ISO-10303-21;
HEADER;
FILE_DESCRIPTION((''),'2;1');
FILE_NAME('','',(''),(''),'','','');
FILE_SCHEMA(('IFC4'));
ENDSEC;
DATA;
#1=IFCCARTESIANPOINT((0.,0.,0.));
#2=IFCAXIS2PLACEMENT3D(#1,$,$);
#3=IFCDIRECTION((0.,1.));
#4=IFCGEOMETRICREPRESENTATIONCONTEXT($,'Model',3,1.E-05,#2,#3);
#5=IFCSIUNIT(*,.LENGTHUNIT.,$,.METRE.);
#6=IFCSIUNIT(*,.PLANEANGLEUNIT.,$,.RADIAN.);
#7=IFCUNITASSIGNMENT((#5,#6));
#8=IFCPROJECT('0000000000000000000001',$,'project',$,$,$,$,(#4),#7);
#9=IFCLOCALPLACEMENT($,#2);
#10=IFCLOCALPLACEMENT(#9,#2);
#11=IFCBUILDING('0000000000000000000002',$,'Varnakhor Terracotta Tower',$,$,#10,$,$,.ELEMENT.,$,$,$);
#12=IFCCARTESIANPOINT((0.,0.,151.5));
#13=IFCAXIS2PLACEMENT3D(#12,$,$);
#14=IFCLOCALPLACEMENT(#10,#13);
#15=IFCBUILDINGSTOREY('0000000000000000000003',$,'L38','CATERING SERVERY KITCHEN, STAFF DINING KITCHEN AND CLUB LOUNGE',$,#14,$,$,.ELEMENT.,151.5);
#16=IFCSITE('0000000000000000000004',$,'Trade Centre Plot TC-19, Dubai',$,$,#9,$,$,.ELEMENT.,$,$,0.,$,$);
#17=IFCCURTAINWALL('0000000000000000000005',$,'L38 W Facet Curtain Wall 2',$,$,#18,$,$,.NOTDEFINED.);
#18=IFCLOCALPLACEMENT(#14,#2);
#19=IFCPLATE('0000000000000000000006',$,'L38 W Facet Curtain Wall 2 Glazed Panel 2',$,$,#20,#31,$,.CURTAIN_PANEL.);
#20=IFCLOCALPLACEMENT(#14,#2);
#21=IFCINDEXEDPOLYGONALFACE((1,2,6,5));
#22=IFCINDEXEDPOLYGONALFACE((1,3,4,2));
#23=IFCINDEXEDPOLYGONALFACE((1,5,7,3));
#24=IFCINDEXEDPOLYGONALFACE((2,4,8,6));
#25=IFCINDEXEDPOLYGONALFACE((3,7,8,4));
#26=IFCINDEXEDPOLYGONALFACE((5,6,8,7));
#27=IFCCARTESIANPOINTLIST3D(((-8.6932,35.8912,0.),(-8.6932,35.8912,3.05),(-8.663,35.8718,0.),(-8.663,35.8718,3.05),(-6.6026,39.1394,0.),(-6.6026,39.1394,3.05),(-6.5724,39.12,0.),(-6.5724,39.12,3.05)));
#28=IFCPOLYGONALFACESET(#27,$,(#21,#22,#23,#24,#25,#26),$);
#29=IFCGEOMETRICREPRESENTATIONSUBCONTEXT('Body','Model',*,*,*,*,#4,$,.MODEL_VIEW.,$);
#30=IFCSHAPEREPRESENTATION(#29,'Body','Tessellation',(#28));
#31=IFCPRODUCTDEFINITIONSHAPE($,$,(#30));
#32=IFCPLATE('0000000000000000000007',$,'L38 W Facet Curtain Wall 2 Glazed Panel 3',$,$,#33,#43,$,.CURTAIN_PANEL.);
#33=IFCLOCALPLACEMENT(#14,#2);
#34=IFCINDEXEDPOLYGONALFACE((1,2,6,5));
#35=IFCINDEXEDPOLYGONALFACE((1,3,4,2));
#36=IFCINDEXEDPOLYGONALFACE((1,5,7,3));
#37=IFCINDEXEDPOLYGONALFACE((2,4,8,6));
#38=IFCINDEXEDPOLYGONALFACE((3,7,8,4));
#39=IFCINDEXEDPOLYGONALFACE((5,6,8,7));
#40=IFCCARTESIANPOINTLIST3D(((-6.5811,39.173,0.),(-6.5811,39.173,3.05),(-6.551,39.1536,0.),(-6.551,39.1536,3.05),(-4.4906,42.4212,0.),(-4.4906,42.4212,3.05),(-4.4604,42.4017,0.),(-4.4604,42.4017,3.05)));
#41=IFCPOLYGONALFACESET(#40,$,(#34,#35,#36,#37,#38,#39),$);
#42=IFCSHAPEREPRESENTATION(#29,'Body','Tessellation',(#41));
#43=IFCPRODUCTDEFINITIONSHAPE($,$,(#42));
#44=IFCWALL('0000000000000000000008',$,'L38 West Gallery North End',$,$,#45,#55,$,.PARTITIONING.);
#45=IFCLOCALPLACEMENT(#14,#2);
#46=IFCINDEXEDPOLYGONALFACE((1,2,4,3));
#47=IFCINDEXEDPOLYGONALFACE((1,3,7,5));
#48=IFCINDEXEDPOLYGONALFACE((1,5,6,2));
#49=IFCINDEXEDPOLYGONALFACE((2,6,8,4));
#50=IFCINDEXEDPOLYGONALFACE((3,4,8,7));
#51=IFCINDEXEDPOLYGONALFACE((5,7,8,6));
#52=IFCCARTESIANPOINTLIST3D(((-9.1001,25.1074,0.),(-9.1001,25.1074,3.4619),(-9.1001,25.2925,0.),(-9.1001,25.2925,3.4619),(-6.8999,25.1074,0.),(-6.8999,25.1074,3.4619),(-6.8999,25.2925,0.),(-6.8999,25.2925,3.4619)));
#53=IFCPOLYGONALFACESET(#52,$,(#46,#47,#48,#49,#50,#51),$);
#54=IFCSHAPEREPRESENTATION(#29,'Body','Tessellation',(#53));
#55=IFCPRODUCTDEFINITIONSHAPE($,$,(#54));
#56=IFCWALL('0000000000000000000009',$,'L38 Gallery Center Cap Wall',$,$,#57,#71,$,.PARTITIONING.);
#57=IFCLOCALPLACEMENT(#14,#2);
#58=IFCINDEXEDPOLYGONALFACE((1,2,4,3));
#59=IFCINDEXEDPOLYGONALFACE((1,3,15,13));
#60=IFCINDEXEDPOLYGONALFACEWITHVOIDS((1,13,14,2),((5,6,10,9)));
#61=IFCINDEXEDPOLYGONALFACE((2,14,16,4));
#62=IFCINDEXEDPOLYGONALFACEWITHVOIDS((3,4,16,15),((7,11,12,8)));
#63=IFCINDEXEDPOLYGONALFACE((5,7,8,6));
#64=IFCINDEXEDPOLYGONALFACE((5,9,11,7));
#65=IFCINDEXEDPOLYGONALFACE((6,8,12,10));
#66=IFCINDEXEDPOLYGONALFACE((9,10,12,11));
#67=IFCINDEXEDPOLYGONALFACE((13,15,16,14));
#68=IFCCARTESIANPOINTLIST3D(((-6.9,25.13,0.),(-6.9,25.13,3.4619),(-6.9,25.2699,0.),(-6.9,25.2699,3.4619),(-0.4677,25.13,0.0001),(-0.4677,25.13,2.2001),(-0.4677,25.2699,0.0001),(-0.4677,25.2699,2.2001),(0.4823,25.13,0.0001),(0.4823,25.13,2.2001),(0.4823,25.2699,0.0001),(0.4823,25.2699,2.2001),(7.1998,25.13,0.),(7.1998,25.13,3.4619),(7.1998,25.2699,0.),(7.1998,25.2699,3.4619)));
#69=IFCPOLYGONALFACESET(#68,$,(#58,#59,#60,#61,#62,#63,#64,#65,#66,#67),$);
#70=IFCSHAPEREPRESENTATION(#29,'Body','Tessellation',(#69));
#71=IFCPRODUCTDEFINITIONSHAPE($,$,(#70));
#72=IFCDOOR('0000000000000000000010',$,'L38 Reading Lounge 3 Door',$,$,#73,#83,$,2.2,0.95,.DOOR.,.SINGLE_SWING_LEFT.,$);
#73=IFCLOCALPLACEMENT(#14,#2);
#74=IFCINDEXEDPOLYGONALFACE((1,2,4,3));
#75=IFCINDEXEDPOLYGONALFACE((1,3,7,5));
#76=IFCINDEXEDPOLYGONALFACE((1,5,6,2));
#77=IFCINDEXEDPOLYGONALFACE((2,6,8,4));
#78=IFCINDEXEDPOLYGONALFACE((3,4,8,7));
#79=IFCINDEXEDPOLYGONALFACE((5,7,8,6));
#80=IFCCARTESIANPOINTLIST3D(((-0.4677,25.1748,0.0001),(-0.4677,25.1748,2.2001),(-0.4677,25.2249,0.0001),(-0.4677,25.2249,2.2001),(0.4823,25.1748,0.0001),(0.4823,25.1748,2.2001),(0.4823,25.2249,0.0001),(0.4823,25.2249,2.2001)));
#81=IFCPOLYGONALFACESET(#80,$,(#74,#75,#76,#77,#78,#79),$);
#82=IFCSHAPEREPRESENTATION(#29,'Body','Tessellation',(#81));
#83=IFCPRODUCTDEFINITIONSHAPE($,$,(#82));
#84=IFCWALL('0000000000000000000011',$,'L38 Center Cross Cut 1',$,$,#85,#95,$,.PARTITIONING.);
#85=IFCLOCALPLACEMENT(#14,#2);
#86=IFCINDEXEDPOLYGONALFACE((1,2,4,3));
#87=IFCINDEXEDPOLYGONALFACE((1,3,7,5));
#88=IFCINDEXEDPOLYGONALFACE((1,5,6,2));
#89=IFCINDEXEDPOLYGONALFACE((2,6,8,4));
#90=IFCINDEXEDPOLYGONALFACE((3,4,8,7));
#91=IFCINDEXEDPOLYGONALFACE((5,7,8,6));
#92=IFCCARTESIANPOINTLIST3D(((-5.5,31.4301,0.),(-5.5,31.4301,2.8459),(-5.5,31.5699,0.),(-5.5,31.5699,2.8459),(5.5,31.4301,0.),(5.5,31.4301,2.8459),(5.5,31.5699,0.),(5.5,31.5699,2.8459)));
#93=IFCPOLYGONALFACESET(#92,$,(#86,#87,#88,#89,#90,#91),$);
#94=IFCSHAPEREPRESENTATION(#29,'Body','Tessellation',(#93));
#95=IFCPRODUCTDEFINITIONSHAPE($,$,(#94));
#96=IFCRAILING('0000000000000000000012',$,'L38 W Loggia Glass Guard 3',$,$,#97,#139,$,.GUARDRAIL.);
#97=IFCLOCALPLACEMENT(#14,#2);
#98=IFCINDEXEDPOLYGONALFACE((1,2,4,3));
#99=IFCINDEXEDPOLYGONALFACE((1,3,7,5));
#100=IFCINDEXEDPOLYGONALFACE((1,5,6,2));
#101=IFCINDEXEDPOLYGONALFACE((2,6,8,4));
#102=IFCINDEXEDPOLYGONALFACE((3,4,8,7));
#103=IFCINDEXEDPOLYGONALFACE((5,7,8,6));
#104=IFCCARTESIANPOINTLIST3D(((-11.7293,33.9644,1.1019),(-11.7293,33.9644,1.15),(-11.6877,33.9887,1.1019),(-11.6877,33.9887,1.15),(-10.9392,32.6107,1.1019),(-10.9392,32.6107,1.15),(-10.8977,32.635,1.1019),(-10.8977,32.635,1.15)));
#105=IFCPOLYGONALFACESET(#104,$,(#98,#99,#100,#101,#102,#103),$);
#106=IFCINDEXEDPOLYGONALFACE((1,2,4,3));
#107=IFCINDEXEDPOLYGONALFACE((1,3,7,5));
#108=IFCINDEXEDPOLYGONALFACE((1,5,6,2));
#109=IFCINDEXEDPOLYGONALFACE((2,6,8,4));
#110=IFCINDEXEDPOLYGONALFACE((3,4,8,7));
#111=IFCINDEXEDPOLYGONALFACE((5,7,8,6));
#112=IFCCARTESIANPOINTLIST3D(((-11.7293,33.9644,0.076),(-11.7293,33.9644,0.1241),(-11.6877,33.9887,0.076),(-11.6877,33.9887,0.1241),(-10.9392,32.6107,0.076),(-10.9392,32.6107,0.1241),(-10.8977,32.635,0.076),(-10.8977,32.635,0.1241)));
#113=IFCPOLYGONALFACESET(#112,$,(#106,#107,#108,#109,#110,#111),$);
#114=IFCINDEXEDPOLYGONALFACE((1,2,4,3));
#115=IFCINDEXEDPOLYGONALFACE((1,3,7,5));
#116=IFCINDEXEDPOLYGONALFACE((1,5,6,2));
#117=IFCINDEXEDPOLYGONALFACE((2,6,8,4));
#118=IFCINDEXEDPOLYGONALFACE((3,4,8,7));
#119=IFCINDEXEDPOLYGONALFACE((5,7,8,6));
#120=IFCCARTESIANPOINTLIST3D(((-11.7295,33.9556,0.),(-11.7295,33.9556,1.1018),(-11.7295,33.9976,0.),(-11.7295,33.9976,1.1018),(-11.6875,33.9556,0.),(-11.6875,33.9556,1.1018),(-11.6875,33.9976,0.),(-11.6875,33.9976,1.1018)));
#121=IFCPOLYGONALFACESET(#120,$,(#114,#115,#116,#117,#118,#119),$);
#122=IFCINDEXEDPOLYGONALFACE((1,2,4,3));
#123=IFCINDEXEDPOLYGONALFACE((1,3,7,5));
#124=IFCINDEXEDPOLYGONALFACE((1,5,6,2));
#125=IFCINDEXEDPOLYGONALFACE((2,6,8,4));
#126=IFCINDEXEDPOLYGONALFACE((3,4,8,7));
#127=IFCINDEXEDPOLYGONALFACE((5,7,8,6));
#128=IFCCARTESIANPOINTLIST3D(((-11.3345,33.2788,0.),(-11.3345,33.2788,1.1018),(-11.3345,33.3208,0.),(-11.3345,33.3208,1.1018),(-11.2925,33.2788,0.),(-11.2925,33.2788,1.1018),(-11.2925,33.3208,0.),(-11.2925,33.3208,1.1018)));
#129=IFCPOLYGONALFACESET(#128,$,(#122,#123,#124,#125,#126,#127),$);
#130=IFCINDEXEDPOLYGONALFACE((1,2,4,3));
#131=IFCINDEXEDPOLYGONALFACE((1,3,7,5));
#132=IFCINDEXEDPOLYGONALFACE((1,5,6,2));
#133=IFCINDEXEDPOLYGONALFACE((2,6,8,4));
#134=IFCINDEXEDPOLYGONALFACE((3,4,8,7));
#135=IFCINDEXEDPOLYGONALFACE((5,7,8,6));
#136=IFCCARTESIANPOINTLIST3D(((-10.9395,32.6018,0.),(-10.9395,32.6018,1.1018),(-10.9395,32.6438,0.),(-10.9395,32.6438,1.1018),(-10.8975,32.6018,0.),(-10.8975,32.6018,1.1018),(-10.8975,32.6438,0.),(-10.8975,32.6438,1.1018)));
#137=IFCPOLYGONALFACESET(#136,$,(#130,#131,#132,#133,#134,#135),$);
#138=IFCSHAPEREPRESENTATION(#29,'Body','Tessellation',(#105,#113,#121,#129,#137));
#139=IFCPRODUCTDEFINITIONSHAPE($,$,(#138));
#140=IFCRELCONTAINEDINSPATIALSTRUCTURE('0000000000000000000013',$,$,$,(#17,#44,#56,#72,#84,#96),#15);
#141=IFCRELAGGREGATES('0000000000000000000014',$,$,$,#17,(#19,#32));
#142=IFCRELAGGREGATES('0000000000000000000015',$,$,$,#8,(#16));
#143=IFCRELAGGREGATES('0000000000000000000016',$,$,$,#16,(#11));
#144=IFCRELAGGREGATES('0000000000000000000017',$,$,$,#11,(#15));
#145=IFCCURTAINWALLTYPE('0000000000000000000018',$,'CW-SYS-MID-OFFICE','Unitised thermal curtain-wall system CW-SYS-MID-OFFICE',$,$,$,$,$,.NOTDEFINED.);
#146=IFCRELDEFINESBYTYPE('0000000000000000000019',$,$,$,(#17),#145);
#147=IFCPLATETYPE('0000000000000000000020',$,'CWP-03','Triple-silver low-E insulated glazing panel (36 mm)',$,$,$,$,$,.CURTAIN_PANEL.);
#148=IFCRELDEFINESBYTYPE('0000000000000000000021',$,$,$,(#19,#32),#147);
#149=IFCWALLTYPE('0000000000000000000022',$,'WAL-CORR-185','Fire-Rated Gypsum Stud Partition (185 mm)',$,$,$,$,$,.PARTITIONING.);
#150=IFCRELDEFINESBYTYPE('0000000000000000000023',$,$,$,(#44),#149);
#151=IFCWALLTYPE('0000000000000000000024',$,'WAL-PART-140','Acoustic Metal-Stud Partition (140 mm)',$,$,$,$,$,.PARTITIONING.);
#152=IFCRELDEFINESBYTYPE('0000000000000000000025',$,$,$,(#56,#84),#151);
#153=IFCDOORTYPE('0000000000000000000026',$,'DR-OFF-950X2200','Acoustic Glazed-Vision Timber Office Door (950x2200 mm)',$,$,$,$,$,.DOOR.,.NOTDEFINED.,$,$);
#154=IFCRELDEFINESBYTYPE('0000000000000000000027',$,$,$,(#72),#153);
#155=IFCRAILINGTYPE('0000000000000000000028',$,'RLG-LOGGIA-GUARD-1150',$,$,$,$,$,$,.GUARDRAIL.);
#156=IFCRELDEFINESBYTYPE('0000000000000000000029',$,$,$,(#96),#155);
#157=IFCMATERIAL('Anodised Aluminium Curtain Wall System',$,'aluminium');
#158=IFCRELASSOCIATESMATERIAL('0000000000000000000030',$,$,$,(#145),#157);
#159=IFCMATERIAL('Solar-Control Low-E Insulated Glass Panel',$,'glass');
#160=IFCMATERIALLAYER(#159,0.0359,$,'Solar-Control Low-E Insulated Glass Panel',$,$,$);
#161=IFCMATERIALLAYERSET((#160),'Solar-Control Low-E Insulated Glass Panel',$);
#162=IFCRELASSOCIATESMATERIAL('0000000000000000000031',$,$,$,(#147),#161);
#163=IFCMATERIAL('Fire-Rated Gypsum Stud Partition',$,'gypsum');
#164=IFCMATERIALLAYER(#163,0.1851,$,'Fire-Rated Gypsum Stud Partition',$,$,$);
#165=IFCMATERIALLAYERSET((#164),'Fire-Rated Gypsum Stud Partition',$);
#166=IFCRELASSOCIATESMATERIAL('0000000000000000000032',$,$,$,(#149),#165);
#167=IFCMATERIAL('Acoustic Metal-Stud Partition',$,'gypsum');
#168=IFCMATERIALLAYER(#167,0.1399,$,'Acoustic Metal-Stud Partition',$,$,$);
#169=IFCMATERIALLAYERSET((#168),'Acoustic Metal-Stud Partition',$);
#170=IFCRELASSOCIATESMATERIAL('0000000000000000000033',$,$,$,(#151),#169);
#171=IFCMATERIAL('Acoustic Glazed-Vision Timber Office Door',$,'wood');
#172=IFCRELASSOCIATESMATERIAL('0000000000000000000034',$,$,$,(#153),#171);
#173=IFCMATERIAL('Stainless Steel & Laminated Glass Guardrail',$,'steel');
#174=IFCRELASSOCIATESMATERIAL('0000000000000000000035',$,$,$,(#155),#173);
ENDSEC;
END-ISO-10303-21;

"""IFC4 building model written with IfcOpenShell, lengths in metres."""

from ifc_helpers import new_model, si_unit, direction, frame, frame_2d, origin, origin_2d, place, context, subcontext, project, spatial, rectangle, extrude, source, transform, mapped, material, layer, layer_set, type_object, type_shapes, element, fill, aggregate, save


model = new_model("IFC4")

# Units and contexts
model_context = context("Model", 3, precision=1e-05, world=origin(), true_north=direction((0.0, 1.0)))
body_context = subcontext(model_context, "Body", "Model", "MODEL_VIEW")
ifc_project = project(units=[si_unit("LENGTHUNIT", "METRE"), si_unit("PLANEANGLEUNIT", "RADIAN")], contexts=[model_context])

# Site, building, storey
site_placement = place(None, origin())
site = spatial("IfcSite", under=ifc_project, at=site_placement, Name="Trade Centre Plot TC-19, Dubai", CompositionType="ELEMENT", RefElevation=0.0)
building_placement = place(site_placement, origin())
building = spatial("IfcBuilding", under=site, at=building_placement, Name="Varnakhor Terracotta Tower", CompositionType="ELEMENT")
storey_placement = place(building_placement, frame((0.0, 0.0, 151.5)))
storey = spatial("IfcBuildingStorey", under=building, at=storey_placement, Name="L38", Description="CATERING SERVERY KITCHEN, STAFF DINING KITCHEN AND CLUB LOUNGE", CompositionType="ELEMENT", Elevation=151.5)

# Curtain wall
ifc_material_1 = material(Name="Anodised Aluminium Curtain Wall System", Category="aluminium")
curtain_wall_type = type_object("IfcCurtainWallType", Name="CW-SYS-MID-OFFICE", Description="Unitised thermal curtain-wall system CW-SYS-MID-OFFICE", PredefinedType="NOTDEFINED", material=ifc_material_1)
curtain_wall_1_placement = place(storey_placement, origin())
curtain_wall_1 = element("IfcCurtainWall", 1, at=curtain_wall_1_placement, inside=storey, type_object=curtain_wall_type, Name="L38 W Facet Curtain Wall 2", PredefinedType="NOTDEFINED")

# Plates
ifc_material_2 = material(Name="Solar-Control Low-E Insulated Glass Panel", Category="glass")
ifc_layer_1 = layer(ifc_material_2, 0.0359, Name="Solar-Control Low-E Insulated Glass Panel")
ifc_layer_set_1 = layer_set([ifc_layer_1], Name="Solar-Control Low-E Insulated Glass Panel")
plate_type = type_object("IfcPlateType", Name="CWP-03", Description="Triple-silver low-E insulated glazing panel (36 mm)", PredefinedType="CURTAIN_PANEL", material=ifc_layer_set_1)
shared_shape_1 = source(origin(), body_context, "Body", "SweptSolid", [
    extrude(rectangle(XDim=3.8628, YDim=0.0359, at=origin_2d()), origin(), (0.0, 0.0, 1.0), 3.05),
])
plate_1_placement = place(storey_placement, frame((-7.6328, 37.5056, 0.0), z_axis=(0.0, 0.0, 1.0), x_axis=(0.541209, 0.840888, 0.0)))
plate_1 = element("IfcPlate", 2, at=plate_1_placement, type_object=plate_type, Name="L38 W Facet Curtain Wall 2 Glazed Panel 2", PredefinedType="CURTAIN_PANEL", context=body_context, shape_type="MappedRepresentation", body=[
    mapped(shared_shape_1, transform((0.0, 0.0, 0.0), scale=1.0)),
])
plate_2_placement = place(storey_placement, frame((-5.5208, 40.7874, 0.0), z_axis=(0.0, 0.0, 1.0), x_axis=(0.541209, 0.840888, 0.0)))
plate_2 = element("IfcPlate", 3, at=plate_2_placement, type_object=plate_type, Name="L38 W Facet Curtain Wall 2 Glazed Panel 3", PredefinedType="CURTAIN_PANEL", context=body_context, shape_type="MappedRepresentation", body=[
    mapped(shared_shape_1, transform((0.0, 0.0, 0.0), scale=1.0)),
])
aggregate(curtain_wall_1, [plate_1, plate_2])

# Wall
ifc_material_3 = material(Name="Fire-Rated Gypsum Stud Partition", Category="gypsum")
ifc_layer_2 = layer(ifc_material_3, 0.1851, Name="Fire-Rated Gypsum Stud Partition")
ifc_layer_set_2 = layer_set([ifc_layer_2], Name="Fire-Rated Gypsum Stud Partition")
wall_type_1 = type_object("IfcWallType", Name="WAL-CORR-185", Description="Fire-Rated Gypsum Stud Partition (185 mm)", PredefinedType="PARTITIONING", material=ifc_layer_set_2)
wall_1_placement = place(storey_placement, frame((-9.1001, 25.2, 0.0), z_axis=(0.0, 0.0, 1.0), x_axis=(1.0, 0.0, 0.0)))
element("IfcWall", 4, at=wall_1_placement, inside=storey, type_object=wall_type_1, Name="L38 West Gallery North End", PredefinedType="PARTITIONING", context=body_context, shape_type="SweptSolid", body=[
    extrude(rectangle(XDim=2.2002, YDim=0.1851, at=frame_2d((1.1001, 0.0))), origin(), (0.0, 0.0, 1.0), 3.4619),
])

# Wall, opening, door
ifc_material_4 = material(Name="Acoustic Metal-Stud Partition", Category="gypsum")
ifc_layer_3 = layer(ifc_material_4, 0.1399, Name="Acoustic Metal-Stud Partition")
ifc_layer_set_3 = layer_set([ifc_layer_3], Name="Acoustic Metal-Stud Partition")
wall_type_2 = type_object("IfcWallType", Name="WAL-PART-140", Description="Acoustic Metal-Stud Partition (140 mm)", PredefinedType="PARTITIONING", material=ifc_layer_set_3)
wall_2_placement = place(storey_placement, frame((-6.8999, 25.2, 0.0), z_axis=(0.0, 0.0, 1.0), x_axis=(1.0, 0.0, 0.0)))
wall_2 = element("IfcWall", 5, at=wall_2_placement, inside=storey, type_object=wall_type_2, Name="L38 Gallery Center Cap Wall", PredefinedType="PARTITIONING", context=body_context, shape_type="SweptSolid", body=[
    extrude(rectangle(XDim=14.0999, YDim=0.1399, at=frame_2d((7.0498, 0.0))), origin(), (0.0, 0.0, 1.0), 3.4619),
])
opening_placement = place(wall_2_placement, frame((6.4321, 0.0, 0.0)))
opening = element("IfcOpeningElement", 6, at=opening_placement, cuts=wall_2, PredefinedType="OPENING", context=body_context, shape_type="SweptSolid", body=[
    extrude(rectangle(XDim=0.95, YDim=2.2, at=frame_2d((0.4751, 1.1001))), frame((0.0, 0.0801, 0.0), z_axis=(0.0, -1.0, 0.0), x_axis=(1.0, 0.0, 0.0)), (0.0, 0.0, 1.0), 0.1599),
])
ifc_material_5 = material(Name="Acoustic Glazed-Vision Timber Office Door", Category="wood")
door_type = type_object("IfcDoorType", Name="DR-OFF-950X2200", Description="Acoustic Glazed-Vision Timber Office Door (950x2200 mm)", OperationType="NOTDEFINED", PredefinedType="DOOR", material=ifc_material_5)
shared_shape_2 = source(origin(), body_context, "Body", "SweptSolid", [
    extrude(rectangle(XDim=0.95, YDim=2.2, at=frame_2d((0.4751, 1.1001))), frame((0.0, 0.0249, 0.0), z_axis=(0.0, -1.0, 0.0), x_axis=(1.0, 0.0, 0.0)), (0.0, 0.0, 1.0), 0.05),
])
type_shapes(door_type, [shared_shape_2])
door_placement = place(opening_placement, origin())
door = element("IfcDoor", 7, at=door_placement, inside=storey, type_object=door_type, Name="L38 Reading Lounge 3 Door", OperationType="SINGLE_SWING_LEFT", OverallHeight=2.2, OverallWidth=0.95, PredefinedType="DOOR", context=body_context, shape_type="MappedRepresentation", body=[
    mapped(shared_shape_2, transform((0.0, 0.0, 0.0), scale=1.0)),
])
fill(opening, door)

# Wall
wall_3_placement = place(storey_placement, frame((-5.5, 31.5, 0.0), z_axis=(0.0, 0.0, 1.0), x_axis=(1.0, 0.0, 0.0)))
element("IfcWall", 8, at=wall_3_placement, inside=storey, type_object=wall_type_2, Name="L38 Center Cross Cut 1", PredefinedType="PARTITIONING", context=body_context, shape_type="SweptSolid", body=[
    extrude(rectangle(XDim=11.0, YDim=0.1399, at=frame_2d((5.5, 0.0))), origin(), (0.0, 0.0, 1.0), 2.8459),
])

# Railing
ifc_material_6 = material(Name="Stainless Steel & Laminated Glass Guardrail", Category="steel")
railing_type = type_object("IfcRailingType", Name="RLG-LOGGIA-GUARD-1150", PredefinedType="GUARDRAIL", material=ifc_material_6)
railing_placement = place(storey_placement, frame((-11.7085, 33.9766, 0.0)))
element("IfcRailing", 9, at=railing_placement, inside=storey, type_object=railing_type, Name="L38 W Loggia Glass Guard 3", PredefinedType="GUARDRAIL", context=body_context, shape_type="SweptSolid", body=[
    extrude(rectangle(XDim=0.0481, YDim=0.0481, at=origin_2d()), frame((0.0, 0.0, 1.126), z_axis=(0.504036, -0.863683, 0.0), x_axis=(0.863683, 0.504036, 0.0)), (0.0, 0.0, 1.0), 1.5674),
    extrude(rectangle(XDim=0.0481, YDim=0.0481, at=origin_2d()), frame((0.0, 0.0, 0.1001), z_axis=(0.504036, -0.863683, 0.0), x_axis=(0.863683, 0.504036, 0.0)), (0.0, 0.0, 1.0), 1.5674),
    extrude(rectangle(XDim=0.042, YDim=0.042, at=origin_2d()), origin(), (0.0, 0.0, 1.0), 1.1018),
    extrude(rectangle(XDim=0.042, YDim=0.042, at=origin_2d()), frame((0.395, -0.6768, 0.0)), (0.0, 0.0, 1.0), 1.1018),
    extrude(rectangle(XDim=0.042, YDim=0.042, at=origin_2d()), frame((0.79, -1.3538, 0.0)), (0.0, 0.0, 1.0), 1.1018),
])

save(model, "model.ifc")
